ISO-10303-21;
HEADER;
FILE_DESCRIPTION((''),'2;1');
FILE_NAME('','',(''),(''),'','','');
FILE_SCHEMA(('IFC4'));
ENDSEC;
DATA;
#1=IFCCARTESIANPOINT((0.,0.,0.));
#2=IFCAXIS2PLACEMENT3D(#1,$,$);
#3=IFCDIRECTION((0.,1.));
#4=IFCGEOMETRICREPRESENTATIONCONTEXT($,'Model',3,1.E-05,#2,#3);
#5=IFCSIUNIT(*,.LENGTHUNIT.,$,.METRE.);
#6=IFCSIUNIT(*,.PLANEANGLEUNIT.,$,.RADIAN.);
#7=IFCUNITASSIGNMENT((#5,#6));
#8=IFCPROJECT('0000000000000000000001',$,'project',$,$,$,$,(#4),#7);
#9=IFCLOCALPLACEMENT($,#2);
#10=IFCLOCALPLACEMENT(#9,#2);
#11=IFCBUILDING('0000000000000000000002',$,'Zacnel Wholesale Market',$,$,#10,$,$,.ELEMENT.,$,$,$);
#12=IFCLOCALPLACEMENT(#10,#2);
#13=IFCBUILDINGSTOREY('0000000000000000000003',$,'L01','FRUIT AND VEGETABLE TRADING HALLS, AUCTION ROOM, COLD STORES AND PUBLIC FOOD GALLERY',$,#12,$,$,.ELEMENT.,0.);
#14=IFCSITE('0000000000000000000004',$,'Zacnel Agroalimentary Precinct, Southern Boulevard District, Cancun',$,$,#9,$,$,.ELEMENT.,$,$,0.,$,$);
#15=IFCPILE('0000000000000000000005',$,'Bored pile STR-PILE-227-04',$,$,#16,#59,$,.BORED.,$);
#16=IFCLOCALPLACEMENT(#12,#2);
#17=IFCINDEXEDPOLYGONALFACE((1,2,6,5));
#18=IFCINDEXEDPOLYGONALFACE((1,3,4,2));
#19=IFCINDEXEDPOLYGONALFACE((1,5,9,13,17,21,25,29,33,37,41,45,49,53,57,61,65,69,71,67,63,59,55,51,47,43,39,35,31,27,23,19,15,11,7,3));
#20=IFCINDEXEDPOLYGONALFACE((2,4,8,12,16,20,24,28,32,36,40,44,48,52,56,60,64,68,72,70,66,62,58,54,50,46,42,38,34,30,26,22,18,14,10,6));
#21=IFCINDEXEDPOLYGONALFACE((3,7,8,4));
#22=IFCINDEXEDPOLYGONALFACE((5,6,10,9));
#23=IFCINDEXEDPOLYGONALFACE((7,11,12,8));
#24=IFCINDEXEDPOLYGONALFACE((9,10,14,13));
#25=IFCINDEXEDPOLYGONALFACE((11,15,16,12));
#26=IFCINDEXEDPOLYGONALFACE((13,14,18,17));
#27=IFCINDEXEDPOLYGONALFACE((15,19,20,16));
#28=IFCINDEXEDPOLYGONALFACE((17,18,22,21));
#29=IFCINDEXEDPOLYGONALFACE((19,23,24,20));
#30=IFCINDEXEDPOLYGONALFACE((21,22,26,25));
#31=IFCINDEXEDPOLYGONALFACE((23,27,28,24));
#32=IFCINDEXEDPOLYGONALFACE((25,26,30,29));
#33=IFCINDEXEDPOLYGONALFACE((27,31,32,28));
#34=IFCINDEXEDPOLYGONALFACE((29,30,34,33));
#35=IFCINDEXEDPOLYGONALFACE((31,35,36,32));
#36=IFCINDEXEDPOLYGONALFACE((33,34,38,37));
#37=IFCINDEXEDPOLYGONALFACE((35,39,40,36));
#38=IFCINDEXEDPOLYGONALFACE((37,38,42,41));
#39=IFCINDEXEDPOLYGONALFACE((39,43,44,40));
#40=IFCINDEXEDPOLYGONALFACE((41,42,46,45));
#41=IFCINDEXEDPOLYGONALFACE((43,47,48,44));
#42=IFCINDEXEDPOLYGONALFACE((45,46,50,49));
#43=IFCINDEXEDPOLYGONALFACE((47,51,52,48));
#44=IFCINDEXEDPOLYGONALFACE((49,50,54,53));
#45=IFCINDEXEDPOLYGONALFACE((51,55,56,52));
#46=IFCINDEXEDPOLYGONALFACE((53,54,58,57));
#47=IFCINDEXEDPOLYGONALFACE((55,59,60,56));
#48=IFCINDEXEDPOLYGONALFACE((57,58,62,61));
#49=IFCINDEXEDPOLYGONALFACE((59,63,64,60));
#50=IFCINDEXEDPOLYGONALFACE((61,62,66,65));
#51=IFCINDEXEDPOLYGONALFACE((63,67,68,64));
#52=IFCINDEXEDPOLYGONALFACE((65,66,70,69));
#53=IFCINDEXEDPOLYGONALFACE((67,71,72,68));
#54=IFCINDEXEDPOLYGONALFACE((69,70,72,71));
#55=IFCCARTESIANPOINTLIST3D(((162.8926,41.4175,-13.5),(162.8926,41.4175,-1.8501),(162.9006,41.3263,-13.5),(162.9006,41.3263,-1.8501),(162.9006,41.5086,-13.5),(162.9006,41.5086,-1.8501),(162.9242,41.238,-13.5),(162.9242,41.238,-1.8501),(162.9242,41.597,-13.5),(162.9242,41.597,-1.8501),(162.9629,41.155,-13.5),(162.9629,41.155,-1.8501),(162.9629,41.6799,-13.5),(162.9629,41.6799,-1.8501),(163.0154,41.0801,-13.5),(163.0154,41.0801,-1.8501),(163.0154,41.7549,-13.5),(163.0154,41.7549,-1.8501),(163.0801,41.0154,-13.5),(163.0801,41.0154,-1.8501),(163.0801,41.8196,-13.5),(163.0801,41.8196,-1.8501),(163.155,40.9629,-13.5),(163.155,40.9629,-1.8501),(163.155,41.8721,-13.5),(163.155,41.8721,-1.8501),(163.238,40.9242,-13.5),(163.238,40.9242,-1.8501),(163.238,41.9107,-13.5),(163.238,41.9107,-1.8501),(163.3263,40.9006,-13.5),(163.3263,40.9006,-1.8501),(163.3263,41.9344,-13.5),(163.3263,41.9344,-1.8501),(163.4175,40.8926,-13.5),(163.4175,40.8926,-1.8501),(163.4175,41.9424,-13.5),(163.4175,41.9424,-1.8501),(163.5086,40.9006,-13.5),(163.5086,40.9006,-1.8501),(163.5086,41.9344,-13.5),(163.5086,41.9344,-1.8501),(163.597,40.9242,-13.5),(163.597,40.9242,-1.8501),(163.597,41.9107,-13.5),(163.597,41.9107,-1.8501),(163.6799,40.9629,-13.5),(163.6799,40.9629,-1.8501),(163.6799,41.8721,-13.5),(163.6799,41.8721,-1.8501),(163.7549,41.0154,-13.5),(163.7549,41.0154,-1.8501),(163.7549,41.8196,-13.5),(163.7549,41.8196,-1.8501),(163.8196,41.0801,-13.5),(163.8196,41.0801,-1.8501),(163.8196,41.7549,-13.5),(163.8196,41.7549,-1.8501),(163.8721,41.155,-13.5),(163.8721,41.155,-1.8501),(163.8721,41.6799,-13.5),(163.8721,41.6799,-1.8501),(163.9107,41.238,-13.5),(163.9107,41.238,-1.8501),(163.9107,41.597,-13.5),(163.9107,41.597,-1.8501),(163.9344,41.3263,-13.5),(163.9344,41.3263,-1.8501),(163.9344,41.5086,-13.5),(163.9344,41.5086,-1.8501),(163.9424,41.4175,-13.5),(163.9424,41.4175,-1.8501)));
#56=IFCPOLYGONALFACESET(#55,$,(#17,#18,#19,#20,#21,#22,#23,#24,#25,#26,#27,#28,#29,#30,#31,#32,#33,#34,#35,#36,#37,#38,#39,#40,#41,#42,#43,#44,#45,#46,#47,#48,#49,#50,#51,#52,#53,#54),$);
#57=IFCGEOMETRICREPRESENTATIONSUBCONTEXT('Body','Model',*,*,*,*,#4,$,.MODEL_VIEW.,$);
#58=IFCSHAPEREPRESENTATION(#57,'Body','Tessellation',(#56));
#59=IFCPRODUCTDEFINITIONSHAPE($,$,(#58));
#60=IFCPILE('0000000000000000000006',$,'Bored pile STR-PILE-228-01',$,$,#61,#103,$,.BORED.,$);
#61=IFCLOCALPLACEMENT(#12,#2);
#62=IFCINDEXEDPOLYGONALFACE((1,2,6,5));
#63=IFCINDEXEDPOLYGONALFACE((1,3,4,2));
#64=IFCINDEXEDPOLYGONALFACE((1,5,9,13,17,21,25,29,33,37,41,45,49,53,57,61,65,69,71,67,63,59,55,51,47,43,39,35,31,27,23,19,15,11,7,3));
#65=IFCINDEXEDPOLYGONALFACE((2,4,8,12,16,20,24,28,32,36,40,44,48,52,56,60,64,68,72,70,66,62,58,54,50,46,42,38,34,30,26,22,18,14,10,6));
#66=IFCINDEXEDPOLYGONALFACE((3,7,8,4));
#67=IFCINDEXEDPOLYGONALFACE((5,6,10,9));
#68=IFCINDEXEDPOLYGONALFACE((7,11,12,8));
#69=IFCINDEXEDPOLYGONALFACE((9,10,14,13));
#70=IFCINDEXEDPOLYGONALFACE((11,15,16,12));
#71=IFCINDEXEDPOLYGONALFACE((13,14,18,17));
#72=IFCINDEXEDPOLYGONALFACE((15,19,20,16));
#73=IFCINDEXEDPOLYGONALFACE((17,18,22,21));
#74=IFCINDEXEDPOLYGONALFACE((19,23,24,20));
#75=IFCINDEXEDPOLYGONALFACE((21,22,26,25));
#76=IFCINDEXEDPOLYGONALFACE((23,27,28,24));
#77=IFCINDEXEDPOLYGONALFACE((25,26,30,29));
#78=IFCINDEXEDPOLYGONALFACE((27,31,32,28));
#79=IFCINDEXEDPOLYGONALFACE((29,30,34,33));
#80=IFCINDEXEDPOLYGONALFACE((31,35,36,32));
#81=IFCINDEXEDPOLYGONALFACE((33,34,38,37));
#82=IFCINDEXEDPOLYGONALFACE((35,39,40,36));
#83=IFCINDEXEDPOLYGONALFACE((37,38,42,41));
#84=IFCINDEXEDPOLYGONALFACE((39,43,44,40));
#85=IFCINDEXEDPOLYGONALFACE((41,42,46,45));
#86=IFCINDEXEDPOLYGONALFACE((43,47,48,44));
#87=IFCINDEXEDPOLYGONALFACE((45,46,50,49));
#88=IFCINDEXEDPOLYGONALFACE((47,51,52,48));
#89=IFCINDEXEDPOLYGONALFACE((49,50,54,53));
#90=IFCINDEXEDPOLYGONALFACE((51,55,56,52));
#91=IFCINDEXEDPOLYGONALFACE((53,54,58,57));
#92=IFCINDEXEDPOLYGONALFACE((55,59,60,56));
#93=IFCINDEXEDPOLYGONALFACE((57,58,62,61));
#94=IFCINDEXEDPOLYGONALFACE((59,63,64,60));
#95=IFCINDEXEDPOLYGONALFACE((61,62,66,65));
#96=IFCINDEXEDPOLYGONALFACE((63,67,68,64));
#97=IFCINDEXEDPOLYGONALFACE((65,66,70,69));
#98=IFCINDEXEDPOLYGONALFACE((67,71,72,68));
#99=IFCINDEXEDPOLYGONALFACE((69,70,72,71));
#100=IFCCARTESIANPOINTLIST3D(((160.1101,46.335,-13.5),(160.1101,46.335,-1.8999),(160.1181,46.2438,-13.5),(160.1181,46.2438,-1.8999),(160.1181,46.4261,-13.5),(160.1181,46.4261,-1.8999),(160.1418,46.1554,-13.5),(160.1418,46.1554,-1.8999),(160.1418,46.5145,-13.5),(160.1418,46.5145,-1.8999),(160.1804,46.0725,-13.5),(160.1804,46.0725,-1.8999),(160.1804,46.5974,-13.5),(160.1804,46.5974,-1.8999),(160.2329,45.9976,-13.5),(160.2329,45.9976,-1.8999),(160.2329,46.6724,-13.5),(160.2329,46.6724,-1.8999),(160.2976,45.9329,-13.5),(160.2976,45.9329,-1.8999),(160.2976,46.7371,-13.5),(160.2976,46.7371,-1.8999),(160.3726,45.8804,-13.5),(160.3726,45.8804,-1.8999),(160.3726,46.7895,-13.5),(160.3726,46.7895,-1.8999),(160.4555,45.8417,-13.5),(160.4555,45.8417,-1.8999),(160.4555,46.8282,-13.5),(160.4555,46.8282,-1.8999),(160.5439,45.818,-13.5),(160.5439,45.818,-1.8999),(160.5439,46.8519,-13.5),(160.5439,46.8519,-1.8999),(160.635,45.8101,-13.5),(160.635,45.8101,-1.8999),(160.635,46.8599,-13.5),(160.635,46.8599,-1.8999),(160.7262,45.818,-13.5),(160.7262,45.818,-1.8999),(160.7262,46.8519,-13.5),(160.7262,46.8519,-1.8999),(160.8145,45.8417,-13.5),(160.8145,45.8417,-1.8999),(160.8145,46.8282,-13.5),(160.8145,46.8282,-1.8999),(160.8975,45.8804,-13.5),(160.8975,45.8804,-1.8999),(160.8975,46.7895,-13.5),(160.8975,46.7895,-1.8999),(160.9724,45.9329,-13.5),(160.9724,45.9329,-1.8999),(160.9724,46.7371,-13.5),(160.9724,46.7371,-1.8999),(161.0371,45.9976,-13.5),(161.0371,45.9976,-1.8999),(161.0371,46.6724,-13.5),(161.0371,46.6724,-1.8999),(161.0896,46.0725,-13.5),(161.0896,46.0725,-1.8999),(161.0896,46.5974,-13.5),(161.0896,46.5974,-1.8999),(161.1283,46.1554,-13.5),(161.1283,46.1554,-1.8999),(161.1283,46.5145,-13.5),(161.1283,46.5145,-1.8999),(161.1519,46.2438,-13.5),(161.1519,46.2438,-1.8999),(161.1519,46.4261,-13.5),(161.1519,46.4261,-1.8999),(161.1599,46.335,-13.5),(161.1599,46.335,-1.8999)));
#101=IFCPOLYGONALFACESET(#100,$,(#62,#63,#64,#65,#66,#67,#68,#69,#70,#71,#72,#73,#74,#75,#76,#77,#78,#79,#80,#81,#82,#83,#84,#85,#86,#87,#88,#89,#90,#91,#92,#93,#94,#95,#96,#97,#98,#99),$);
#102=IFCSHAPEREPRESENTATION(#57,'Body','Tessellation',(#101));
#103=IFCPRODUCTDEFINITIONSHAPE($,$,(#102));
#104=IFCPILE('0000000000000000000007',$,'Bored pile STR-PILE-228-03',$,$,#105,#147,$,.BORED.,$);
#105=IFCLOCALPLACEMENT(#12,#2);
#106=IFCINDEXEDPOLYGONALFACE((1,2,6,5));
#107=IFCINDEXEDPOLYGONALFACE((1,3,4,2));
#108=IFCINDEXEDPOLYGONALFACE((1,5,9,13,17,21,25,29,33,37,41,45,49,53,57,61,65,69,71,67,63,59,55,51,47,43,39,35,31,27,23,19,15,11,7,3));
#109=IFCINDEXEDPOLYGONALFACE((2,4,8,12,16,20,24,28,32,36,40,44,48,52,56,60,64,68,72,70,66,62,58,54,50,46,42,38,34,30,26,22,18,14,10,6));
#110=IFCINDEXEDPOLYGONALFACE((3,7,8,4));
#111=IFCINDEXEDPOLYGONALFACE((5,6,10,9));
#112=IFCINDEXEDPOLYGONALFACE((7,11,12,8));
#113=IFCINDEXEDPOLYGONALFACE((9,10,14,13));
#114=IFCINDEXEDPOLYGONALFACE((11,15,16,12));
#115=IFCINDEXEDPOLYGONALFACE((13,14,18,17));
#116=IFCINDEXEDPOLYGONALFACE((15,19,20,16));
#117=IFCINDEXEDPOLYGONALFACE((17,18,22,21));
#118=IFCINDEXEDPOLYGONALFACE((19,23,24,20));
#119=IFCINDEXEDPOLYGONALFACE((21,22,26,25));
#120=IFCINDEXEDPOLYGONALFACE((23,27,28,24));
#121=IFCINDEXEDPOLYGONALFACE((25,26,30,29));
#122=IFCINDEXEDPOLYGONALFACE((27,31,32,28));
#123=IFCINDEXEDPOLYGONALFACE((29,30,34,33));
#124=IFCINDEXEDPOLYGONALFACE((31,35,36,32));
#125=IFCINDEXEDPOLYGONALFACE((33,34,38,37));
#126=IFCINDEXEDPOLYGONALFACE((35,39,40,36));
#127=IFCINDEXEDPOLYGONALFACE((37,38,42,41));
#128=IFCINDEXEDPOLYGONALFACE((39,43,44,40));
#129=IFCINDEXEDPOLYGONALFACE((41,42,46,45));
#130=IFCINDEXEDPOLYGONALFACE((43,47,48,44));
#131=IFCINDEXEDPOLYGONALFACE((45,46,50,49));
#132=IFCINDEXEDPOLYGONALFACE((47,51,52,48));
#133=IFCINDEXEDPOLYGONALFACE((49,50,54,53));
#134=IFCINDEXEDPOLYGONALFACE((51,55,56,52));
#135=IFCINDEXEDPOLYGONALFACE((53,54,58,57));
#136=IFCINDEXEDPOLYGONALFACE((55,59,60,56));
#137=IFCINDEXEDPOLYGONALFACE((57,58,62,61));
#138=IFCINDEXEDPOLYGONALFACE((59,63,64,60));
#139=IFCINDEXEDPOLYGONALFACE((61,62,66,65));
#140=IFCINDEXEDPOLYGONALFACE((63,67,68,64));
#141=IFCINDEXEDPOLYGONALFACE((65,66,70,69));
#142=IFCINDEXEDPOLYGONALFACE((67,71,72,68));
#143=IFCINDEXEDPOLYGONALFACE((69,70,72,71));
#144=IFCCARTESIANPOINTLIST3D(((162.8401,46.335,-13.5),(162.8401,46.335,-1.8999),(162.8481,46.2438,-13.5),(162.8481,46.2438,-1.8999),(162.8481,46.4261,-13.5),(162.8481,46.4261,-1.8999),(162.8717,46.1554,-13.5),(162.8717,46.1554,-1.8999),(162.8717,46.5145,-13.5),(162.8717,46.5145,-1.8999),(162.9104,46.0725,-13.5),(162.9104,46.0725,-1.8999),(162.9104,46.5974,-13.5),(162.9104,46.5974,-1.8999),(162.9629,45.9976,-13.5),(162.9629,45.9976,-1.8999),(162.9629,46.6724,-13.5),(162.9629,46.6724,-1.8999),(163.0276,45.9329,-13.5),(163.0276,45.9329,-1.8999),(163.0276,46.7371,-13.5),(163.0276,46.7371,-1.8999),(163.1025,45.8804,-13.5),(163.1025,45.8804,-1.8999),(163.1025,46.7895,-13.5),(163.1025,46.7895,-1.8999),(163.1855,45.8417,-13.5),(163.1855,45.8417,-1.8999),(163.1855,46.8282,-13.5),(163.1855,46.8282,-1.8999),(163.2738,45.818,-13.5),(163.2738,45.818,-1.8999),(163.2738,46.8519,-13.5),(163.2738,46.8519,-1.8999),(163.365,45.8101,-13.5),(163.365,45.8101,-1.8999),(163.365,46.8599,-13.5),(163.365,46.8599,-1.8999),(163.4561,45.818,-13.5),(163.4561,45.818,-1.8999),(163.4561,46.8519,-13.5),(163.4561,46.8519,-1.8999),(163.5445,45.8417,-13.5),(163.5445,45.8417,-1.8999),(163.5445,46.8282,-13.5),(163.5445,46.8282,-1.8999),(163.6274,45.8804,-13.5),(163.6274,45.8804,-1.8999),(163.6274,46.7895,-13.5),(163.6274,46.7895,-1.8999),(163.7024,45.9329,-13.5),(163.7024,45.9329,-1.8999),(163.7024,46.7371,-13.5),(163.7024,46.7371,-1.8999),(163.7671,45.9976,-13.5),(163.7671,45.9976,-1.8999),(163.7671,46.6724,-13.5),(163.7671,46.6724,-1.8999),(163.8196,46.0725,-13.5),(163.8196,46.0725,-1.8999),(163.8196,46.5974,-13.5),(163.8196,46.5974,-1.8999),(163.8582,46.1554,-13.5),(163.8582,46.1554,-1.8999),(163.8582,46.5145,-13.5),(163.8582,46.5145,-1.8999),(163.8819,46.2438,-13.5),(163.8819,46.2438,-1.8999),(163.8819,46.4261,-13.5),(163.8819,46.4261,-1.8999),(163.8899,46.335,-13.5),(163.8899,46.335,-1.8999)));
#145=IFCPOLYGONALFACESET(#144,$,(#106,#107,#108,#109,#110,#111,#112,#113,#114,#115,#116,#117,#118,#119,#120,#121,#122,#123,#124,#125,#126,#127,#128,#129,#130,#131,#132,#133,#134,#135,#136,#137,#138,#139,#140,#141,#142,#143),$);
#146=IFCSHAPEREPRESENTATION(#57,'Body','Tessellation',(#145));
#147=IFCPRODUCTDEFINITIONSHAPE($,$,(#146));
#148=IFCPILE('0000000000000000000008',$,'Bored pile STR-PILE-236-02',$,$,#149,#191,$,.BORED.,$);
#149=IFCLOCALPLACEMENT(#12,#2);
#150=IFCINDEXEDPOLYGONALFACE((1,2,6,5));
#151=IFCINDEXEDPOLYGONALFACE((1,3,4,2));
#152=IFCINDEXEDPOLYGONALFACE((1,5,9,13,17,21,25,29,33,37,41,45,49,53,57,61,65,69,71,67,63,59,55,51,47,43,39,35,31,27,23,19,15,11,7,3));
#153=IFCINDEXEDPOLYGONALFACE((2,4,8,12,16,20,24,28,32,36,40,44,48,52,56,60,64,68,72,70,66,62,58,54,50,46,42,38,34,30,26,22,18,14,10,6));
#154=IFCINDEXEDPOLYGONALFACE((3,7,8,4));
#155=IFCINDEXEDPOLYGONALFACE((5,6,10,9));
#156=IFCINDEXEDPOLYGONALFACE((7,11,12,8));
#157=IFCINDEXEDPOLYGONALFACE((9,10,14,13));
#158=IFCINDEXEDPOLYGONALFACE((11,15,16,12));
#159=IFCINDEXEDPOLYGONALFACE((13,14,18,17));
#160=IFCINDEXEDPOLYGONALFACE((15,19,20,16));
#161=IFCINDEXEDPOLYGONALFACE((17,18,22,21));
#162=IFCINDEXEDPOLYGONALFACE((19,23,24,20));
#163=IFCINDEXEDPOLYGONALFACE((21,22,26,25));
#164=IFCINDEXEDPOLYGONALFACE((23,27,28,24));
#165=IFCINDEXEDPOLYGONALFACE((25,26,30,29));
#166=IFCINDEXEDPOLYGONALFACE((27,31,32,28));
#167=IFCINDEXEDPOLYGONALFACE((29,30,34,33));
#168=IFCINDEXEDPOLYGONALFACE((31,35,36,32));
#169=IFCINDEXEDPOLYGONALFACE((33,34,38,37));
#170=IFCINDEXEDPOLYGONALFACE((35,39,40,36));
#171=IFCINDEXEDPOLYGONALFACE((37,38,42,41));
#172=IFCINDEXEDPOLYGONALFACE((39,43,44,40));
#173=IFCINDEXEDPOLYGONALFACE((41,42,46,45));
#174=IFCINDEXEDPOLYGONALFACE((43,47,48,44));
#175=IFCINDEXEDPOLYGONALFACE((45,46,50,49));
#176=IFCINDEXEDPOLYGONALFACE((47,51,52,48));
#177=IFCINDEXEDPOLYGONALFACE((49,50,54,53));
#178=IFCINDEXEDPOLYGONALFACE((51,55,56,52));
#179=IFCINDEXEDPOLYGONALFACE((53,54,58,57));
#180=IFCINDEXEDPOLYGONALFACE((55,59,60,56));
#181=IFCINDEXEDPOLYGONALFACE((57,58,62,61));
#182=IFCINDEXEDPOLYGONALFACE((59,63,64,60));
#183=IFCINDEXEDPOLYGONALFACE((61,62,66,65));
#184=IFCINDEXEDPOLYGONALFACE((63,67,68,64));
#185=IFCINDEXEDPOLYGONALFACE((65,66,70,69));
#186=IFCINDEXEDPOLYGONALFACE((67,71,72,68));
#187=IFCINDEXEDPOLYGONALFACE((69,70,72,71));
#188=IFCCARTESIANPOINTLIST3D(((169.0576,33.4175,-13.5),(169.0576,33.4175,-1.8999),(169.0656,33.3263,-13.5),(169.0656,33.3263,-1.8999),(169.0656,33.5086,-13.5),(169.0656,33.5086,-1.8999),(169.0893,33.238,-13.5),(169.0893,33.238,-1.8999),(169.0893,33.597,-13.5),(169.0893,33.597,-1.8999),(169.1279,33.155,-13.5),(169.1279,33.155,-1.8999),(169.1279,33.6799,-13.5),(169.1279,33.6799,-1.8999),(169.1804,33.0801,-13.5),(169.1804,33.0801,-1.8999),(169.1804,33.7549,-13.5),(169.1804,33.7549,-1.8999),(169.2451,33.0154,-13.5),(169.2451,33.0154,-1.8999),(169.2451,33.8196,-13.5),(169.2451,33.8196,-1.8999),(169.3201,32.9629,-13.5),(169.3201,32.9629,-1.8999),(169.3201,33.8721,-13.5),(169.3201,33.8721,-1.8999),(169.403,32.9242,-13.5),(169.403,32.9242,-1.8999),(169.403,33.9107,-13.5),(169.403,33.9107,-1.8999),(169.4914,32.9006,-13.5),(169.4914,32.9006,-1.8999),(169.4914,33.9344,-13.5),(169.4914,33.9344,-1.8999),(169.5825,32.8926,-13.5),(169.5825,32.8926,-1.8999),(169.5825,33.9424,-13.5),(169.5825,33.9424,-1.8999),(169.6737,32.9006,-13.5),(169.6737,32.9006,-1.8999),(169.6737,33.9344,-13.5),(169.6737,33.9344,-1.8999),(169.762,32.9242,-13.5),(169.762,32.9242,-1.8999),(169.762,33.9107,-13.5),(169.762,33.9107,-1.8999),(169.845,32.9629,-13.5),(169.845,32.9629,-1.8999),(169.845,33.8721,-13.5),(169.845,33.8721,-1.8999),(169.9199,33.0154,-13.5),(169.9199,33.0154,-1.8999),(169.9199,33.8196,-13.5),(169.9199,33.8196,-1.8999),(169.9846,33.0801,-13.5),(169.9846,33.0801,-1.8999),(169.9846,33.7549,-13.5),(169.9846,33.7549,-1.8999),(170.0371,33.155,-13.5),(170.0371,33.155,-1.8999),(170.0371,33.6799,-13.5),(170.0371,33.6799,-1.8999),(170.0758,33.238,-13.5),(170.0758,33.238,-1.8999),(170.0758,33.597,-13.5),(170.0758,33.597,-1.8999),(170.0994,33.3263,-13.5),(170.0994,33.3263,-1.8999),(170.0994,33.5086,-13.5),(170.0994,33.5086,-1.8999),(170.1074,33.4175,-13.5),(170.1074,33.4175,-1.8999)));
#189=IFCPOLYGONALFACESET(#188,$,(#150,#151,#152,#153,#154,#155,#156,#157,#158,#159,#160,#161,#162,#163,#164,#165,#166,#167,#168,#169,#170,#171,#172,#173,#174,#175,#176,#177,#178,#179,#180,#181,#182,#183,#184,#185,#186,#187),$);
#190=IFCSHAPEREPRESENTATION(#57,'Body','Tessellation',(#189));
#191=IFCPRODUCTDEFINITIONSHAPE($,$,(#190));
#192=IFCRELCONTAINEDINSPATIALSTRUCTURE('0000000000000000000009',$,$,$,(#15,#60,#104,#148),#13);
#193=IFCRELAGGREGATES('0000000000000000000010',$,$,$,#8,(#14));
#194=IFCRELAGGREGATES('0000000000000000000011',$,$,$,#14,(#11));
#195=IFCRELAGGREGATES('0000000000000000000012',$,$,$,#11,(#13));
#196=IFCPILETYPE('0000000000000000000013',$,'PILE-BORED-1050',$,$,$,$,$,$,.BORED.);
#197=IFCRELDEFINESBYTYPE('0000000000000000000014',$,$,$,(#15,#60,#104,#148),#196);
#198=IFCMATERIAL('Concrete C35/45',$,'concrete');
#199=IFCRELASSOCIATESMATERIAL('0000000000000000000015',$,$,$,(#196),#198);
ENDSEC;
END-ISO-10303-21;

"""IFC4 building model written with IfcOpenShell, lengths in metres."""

from ifc_helpers import new_model, si_unit, direction, frame, origin, origin_2d, place, context, subcontext, project, spatial, circle, extrude, material, material_profile, profile_set, type_object, element, save


model = new_model("IFC4")

# Units and contexts
model_context = context("Model", 3, precision=1e-05, world=origin(), true_north=direction((0.0, 1.0)))
body_context = subcontext(model_context, "Body", "Model", "MODEL_VIEW")
ifc_project = project(units=[si_unit("LENGTHUNIT", "METRE"), si_unit("PLANEANGLEUNIT", "RADIAN")], contexts=[model_context])

# Site, building, storey
site_placement = place(None, origin())
site = spatial("IfcSite", under=ifc_project, at=site_placement, Name="Zacnel Agroalimentary Precinct, Southern Boulevard District, Cancun", CompositionType="ELEMENT", RefElevation=0.0)
building_placement = place(site_placement, origin())
building = spatial("IfcBuilding", under=site, at=building_placement, Name="Zacnel Wholesale Market", CompositionType="ELEMENT")
storey_placement = place(building_placement, origin())
storey = spatial("IfcBuildingStorey", under=building, at=storey_placement, Name="L01", Description="FRUIT AND VEGETABLE TRADING HALLS, AUCTION ROOM, COLD STORES AND PUBLIC FOOD GALLERY", CompositionType="ELEMENT", Elevation=0.0)

# Piles
ifc_material_1 = material(Name="Concrete C35/45", Category="concrete")
ifc_material_profile_1 = material_profile(ifc_material_1, circle(Radius=0.5249, at=origin_2d()), Name="BORED PILE D1050")
ifc_profile_set_1 = profile_set([ifc_material_profile_1], Name="Concrete C35/45")
pile_type = type_object("IfcPileType", Name="PILE-BORED-1050", PredefinedType="BORED", material=ifc_profile_set_1)
for number, where, z_axis, x_axis, name in (
    (1, (163.4175, 41.4175, -1.8501), (0.0, 0.0, -1.0), (1.0, 0.0, 0.0), "Bored pile STR-PILE-227-04"),
):
    element("IfcPile", number, at=place(storey_placement, frame(where, z_axis=z_axis, x_axis=x_axis)), inside=storey, type_object=pile_type, Name=name, PredefinedType="BORED", context=body_context, shape_type="SweptSolid", body=[
        extrude(circle(Radius=0.5249, at=origin_2d()), origin(), (0.0, 0.0, 1.0), 11.6499),
    ])
for number, where, z_axis, x_axis, name in (
    (2, (160.635, 46.335, -1.8999), (0.0, 0.0, -1.0), (1.0, 0.0, 0.0), "Bored pile STR-PILE-228-01"),
    (3, (163.365, 46.335, -1.8999), (0.0, 0.0, -1.0), (1.0, 0.0, 0.0), "Bored pile STR-PILE-228-03"),
    (4, (169.5825, 33.4175, -1.8999), (0.0, 0.0, -1.0), (1.0, 0.0, 0.0), "Bored pile STR-PILE-236-02"),
):
    element("IfcPile", number, at=place(storey_placement, frame(where, z_axis=z_axis, x_axis=x_axis)), inside=storey, type_object=pile_type, Name=name, PredefinedType="BORED", context=body_context, shape_type="SweptSolid", body=[
        extrude(circle(Radius=0.5249, at=origin_2d()), origin(), (0.0, 0.0, 1.0), 11.6001),
    ])

save(model, "model.ifc")
